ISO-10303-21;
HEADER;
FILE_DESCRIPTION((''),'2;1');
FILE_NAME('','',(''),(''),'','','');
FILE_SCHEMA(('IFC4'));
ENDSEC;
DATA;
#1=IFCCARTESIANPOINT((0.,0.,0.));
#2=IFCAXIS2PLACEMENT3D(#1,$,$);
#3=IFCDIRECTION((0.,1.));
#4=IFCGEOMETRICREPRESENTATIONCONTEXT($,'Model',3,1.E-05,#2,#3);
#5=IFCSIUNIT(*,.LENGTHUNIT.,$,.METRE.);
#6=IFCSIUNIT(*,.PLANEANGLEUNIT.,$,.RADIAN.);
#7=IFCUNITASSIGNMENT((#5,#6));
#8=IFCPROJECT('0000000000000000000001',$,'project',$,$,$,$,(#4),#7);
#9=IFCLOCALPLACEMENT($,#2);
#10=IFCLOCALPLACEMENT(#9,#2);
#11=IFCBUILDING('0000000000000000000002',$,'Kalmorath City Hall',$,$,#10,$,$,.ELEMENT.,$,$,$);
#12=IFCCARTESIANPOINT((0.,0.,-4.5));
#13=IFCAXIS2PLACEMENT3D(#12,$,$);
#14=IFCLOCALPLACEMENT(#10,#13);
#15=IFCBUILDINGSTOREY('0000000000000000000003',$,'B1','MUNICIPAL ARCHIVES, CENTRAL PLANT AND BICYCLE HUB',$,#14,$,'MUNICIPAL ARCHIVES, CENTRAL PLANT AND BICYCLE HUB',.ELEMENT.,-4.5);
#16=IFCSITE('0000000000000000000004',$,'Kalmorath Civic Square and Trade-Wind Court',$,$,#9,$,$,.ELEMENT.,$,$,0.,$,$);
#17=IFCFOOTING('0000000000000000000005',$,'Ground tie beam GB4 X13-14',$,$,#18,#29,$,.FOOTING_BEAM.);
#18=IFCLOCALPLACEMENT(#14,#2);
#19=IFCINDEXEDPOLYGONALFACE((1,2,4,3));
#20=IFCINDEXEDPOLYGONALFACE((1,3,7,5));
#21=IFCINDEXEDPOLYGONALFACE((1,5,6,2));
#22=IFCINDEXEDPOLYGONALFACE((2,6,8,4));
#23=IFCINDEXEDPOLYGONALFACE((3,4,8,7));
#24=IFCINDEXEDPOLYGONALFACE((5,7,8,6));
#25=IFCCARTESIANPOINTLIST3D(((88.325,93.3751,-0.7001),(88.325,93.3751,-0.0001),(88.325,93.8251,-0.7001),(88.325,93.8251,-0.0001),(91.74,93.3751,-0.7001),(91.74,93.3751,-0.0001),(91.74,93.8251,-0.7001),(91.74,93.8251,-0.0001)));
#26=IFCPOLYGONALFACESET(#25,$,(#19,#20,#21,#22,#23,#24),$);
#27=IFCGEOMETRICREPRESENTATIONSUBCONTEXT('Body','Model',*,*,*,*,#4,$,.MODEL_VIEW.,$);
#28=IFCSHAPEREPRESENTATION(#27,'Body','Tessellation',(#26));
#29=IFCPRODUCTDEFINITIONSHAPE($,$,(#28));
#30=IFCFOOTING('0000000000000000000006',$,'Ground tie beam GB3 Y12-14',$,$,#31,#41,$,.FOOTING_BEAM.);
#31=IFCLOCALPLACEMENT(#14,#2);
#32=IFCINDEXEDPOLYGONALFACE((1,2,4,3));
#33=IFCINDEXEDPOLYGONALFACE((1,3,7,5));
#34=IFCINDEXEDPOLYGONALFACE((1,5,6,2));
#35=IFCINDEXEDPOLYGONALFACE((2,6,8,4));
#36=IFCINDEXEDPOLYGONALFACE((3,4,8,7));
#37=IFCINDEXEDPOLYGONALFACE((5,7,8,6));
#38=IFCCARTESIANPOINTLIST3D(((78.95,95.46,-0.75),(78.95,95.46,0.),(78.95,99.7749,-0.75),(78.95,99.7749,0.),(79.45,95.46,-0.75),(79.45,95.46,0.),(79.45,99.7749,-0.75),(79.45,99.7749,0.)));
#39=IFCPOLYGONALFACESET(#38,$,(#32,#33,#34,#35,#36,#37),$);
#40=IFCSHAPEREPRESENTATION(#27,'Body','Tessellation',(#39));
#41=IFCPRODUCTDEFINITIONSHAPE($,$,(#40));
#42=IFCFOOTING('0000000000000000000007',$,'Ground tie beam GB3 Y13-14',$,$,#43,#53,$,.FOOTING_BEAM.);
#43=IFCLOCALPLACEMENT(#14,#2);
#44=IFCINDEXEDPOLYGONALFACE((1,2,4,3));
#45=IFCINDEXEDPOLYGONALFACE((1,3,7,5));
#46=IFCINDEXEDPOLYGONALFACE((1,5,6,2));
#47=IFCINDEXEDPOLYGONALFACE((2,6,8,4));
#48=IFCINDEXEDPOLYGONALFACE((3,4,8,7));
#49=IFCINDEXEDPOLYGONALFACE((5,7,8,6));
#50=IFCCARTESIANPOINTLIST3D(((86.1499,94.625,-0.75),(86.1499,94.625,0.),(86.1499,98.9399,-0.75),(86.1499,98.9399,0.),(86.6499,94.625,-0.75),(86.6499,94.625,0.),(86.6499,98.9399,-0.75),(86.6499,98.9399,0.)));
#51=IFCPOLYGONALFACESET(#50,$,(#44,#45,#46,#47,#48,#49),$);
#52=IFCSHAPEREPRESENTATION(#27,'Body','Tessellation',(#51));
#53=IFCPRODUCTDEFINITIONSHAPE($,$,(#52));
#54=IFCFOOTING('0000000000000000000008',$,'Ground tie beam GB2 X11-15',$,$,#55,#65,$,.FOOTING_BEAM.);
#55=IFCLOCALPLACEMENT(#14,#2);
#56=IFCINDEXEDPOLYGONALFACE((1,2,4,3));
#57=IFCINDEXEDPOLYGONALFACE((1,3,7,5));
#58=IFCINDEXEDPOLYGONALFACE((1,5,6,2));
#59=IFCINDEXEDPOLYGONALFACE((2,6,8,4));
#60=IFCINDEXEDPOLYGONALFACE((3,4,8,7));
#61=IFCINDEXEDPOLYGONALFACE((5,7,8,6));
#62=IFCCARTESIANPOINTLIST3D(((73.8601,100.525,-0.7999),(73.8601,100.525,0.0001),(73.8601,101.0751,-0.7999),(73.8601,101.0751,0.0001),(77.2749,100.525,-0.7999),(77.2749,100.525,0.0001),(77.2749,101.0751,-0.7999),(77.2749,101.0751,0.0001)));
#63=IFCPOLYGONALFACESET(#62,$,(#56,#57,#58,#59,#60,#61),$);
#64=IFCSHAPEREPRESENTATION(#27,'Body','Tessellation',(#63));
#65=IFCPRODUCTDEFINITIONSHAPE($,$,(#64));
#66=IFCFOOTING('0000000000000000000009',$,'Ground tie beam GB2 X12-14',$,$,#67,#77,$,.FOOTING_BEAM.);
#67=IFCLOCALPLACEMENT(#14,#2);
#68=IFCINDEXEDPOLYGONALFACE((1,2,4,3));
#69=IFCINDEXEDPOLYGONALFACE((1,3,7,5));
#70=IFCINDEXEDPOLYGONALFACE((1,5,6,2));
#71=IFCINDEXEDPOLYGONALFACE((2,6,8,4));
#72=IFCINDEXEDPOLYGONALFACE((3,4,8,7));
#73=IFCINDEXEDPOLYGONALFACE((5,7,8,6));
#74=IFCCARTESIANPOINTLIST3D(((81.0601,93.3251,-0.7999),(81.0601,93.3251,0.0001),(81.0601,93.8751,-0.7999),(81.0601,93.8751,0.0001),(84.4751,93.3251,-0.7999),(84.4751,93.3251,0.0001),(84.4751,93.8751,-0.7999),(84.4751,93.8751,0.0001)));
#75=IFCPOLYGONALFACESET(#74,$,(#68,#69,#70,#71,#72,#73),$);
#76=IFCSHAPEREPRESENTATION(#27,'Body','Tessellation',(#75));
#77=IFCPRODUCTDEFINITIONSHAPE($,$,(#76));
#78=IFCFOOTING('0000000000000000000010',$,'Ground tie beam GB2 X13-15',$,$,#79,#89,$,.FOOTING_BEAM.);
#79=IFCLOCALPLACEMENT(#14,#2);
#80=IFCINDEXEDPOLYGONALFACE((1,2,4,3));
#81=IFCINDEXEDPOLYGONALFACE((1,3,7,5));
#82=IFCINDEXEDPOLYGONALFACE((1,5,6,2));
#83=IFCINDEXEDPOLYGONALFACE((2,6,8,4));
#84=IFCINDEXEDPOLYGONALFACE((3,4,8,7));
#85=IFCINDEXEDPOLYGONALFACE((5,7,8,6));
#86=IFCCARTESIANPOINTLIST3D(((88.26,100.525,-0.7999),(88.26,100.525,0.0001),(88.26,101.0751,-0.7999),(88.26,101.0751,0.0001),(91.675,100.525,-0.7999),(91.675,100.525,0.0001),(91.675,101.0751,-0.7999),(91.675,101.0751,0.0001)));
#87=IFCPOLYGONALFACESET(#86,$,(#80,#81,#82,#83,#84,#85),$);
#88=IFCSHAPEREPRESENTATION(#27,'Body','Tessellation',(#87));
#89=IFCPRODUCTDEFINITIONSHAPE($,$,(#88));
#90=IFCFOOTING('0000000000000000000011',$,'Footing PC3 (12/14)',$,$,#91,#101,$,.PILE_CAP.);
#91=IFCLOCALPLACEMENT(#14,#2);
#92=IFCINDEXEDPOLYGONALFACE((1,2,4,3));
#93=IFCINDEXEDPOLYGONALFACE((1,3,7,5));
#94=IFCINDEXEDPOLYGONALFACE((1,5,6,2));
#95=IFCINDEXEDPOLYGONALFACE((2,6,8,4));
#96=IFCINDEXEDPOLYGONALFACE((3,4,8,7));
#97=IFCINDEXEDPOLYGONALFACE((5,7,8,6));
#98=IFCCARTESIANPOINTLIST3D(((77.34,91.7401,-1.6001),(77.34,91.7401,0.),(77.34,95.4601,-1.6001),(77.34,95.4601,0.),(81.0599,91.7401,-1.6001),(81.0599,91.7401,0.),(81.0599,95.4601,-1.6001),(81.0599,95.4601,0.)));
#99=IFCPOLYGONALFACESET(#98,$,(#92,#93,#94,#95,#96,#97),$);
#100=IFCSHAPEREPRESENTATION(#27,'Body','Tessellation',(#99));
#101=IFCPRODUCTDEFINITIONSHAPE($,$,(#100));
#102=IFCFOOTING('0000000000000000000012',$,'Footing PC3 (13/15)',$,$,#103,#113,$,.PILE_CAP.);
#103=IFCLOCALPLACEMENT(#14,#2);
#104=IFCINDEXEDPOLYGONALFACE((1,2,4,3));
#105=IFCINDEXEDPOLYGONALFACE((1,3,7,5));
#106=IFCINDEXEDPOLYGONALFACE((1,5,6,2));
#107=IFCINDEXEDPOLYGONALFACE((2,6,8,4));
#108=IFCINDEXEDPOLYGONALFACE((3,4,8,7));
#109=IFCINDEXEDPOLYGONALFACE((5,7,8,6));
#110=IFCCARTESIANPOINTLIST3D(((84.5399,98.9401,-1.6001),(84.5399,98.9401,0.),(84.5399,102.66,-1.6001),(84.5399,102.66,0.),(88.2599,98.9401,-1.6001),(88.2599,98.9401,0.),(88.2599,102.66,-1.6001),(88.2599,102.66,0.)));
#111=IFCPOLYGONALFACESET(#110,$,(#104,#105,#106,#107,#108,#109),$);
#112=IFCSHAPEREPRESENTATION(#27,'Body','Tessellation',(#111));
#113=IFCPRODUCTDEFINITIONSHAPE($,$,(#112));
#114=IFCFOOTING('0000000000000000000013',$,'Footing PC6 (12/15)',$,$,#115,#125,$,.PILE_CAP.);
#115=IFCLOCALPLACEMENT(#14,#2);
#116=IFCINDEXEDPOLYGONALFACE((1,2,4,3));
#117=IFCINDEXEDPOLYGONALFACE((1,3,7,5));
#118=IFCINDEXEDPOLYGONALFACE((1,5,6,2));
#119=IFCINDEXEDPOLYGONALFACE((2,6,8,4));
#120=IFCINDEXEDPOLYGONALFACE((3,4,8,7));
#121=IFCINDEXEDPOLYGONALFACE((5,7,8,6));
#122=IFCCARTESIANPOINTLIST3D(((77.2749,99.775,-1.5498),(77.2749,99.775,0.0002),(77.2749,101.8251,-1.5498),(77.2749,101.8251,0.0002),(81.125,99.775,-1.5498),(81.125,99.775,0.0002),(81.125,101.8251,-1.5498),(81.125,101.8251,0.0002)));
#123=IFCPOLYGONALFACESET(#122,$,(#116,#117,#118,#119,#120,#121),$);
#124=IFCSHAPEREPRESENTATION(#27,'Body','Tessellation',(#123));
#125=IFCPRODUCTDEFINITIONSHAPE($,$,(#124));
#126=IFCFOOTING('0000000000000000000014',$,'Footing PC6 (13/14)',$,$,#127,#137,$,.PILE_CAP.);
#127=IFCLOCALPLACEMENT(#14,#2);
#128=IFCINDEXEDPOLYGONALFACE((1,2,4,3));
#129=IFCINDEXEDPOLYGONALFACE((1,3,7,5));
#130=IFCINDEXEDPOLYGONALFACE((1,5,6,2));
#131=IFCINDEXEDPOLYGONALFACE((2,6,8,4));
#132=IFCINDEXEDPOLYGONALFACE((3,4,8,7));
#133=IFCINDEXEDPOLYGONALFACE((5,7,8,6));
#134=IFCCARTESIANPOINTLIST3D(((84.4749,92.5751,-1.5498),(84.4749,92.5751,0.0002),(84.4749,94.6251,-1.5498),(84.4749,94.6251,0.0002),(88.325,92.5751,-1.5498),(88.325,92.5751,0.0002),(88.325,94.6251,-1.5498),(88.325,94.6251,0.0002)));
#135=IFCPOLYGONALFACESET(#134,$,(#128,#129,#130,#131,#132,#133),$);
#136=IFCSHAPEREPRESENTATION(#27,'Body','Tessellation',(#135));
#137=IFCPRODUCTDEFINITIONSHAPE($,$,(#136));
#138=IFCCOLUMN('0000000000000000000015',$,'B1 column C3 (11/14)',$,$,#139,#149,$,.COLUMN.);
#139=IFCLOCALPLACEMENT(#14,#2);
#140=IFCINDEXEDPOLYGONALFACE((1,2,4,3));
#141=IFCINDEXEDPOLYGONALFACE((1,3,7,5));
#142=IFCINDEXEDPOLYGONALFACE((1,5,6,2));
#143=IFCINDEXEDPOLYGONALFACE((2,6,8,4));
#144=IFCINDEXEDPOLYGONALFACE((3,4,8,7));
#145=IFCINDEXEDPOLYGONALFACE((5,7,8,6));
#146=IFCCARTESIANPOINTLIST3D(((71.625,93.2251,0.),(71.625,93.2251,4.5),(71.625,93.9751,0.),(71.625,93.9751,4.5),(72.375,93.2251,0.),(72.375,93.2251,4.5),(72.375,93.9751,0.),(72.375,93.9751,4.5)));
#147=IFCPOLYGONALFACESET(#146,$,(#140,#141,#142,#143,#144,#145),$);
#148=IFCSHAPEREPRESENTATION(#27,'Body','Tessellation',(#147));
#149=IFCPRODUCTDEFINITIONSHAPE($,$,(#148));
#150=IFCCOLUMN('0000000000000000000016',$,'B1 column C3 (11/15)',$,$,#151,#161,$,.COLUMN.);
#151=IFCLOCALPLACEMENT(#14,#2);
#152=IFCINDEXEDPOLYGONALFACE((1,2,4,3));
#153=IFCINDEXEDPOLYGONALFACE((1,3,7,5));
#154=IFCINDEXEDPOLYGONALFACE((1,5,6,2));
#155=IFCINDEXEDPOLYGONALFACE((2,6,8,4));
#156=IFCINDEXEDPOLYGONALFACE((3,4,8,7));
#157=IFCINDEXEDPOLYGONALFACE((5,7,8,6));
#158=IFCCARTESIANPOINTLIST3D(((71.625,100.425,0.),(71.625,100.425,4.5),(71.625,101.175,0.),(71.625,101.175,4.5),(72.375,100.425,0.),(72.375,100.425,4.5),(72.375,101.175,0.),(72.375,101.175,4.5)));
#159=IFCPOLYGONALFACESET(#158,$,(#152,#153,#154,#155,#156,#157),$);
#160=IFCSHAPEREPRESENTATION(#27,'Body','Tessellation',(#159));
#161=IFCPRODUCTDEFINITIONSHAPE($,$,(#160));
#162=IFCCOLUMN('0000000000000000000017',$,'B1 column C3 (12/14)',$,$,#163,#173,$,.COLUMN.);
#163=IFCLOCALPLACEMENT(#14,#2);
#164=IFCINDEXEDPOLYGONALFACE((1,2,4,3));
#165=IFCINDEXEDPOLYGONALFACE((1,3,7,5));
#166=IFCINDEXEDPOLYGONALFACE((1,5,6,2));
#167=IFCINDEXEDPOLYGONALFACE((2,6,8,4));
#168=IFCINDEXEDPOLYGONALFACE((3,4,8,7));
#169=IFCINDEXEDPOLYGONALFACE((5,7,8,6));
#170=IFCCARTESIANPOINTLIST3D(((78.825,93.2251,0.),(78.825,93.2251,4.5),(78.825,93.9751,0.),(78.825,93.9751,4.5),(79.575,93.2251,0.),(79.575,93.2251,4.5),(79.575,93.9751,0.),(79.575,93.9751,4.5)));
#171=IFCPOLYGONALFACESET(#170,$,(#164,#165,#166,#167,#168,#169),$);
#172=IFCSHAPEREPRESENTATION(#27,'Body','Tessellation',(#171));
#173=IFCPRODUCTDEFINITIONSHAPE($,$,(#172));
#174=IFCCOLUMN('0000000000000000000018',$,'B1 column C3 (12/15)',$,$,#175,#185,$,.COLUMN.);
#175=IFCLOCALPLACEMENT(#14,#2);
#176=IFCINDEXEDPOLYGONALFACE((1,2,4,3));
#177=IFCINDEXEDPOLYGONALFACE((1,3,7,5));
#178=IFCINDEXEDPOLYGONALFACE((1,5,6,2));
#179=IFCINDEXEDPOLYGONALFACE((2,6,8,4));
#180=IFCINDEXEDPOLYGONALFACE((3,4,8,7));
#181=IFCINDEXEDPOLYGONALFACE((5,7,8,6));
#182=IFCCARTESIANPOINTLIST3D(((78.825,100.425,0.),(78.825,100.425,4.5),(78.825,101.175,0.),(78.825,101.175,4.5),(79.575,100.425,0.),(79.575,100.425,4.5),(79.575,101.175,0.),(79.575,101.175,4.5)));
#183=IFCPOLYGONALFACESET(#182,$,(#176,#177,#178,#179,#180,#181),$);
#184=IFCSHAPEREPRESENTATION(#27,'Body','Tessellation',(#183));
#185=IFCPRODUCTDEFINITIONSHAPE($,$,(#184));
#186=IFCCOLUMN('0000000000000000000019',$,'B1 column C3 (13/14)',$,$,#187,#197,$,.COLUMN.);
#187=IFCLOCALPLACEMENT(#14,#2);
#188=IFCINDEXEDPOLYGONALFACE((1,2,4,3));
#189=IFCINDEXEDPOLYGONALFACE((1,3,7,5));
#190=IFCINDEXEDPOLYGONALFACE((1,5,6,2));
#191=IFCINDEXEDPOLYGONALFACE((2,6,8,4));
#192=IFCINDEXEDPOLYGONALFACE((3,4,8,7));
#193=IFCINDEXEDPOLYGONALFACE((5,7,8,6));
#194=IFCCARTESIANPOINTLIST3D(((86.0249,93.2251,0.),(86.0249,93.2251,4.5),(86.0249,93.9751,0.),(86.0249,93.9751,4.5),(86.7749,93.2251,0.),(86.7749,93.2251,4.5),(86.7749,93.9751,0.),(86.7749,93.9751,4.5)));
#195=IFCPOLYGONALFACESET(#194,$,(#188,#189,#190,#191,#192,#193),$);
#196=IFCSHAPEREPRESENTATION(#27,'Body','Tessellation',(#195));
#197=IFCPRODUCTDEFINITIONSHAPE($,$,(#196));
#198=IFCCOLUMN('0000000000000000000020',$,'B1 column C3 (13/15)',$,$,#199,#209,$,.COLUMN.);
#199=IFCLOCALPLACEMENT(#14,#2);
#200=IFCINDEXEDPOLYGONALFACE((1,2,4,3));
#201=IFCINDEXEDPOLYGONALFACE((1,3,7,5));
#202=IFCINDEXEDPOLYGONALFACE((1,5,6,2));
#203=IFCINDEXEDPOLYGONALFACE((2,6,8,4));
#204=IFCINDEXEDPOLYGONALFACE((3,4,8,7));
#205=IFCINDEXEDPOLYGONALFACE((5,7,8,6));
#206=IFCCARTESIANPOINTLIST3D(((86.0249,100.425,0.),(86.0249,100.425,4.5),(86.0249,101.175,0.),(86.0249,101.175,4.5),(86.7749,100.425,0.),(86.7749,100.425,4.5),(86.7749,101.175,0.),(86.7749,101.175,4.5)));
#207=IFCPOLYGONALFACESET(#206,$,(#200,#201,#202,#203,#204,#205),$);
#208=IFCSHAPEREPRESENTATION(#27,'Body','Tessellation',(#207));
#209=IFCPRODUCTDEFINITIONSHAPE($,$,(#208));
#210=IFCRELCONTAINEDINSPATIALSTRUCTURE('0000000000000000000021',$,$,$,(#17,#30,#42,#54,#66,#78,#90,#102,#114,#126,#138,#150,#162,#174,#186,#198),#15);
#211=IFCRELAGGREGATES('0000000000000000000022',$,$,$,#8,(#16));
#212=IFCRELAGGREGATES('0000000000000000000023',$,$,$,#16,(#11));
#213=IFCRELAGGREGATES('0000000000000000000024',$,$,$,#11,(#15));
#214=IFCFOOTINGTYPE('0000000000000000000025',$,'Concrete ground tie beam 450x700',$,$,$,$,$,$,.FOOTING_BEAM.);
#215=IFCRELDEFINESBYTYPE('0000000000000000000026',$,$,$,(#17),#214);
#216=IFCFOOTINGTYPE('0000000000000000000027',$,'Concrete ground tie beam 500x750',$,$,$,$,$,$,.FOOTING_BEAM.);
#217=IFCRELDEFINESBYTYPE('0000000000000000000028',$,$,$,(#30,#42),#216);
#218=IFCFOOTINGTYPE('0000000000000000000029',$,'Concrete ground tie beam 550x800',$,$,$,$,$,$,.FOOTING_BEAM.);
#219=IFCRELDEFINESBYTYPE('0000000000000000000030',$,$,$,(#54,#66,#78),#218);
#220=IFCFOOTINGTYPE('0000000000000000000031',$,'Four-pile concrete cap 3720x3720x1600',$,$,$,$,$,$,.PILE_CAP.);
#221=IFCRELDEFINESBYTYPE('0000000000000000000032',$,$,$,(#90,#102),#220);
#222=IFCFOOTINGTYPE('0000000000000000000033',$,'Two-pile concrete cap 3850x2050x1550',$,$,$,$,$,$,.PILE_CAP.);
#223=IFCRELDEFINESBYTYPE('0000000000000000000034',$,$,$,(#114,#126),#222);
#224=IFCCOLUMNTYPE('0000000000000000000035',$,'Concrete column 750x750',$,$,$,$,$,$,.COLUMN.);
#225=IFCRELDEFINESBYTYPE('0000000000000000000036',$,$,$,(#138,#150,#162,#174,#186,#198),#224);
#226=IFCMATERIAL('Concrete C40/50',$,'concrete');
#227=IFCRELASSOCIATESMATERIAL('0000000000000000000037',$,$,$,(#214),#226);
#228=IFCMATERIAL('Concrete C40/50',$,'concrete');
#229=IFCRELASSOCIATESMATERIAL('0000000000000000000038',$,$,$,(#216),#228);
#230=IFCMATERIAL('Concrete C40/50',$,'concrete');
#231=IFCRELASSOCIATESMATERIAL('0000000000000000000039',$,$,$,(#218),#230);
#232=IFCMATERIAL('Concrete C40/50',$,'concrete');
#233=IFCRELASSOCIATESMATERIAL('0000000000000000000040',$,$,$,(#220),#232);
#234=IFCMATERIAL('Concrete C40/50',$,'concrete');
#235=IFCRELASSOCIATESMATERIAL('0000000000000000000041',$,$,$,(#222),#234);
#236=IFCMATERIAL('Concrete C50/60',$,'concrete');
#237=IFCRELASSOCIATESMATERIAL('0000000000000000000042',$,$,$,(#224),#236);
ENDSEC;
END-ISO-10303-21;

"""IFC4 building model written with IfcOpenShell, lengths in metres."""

from ifc_helpers import new_model, si_unit, direction, frame, origin, origin_2d, place, context, subcontext, project, spatial, rectangle, extrude, material, material_profile, profile_set, type_object, element, save


model = new_model("IFC4")

# Units and contexts
model_context = context("Model", 3, precision=1e-05, world=origin(), true_north=direction((0.0, 1.0)))
body_context = subcontext(model_context, "Body", "Model", "MODEL_VIEW")
ifc_project = project(units=[si_unit("LENGTHUNIT", "METRE"), si_unit("PLANEANGLEUNIT", "RADIAN")], contexts=[model_context])

# Site, building, storey
site_placement = place(None, origin())
site = spatial("IfcSite", under=ifc_project, at=site_placement, Name="Kalmorath Civic Square and Trade-Wind Court", CompositionType="ELEMENT", RefElevation=0.0)
building_placement = place(site_placement, origin())
building = spatial("IfcBuilding", under=site, at=building_placement, Name="Kalmorath City Hall", CompositionType="ELEMENT")
storey_placement = place(building_placement, frame((0.0, 0.0, -4.5)))
storey = spatial("IfcBuildingStorey", under=building, at=storey_placement, Name="B1", Description="MUNICIPAL ARCHIVES, CENTRAL PLANT AND BICYCLE HUB", LongName="MUNICIPAL ARCHIVES, CENTRAL PLANT AND BICYCLE HUB", CompositionType="ELEMENT", Elevation=-4.5)

# Footings
ifc_material_1 = material(Name="Concrete C40/50", Category="concrete")
ifc_material_profile_1 = material_profile(ifc_material_1, rectangle(XDim=0.45, YDim=0.7, at=origin_2d()), Name="RC-BM-450X700")
ifc_profile_set_1 = profile_set([ifc_material_profile_1], Name="Concrete C40/50")
footing_type_1 = type_object("IfcFootingType", Name="Concrete ground tie beam 450x700", PredefinedType="FOOTING_BEAM", material=ifc_profile_set_1)
for number, where, z_axis, x_axis, name in (
    (1, (88.325, 93.6001, -0.3501), (1.0, 0.0, 0.0), (0.0, 1.0, 0.0), "Ground tie beam GB4 X13-14"),
):
    element("IfcFooting", number, at=place(storey_placement, frame(where, z_axis=z_axis, x_axis=x_axis)), inside=storey, type_object=footing_type_1, Name=name, PredefinedType="FOOTING_BEAM", context=body_context, shape_type="SweptSolid", body=[
        extrude(rectangle(XDim=0.45, YDim=0.7, at=origin_2d()), origin(), (0.0, 0.0, 1.0), 3.415),
    ])
ifc_material_2 = material(Name="Concrete C40/50", Category="concrete")
ifc_material_profile_2 = material_profile(ifc_material_2, rectangle(XDim=0.5, YDim=0.75, at=origin_2d()), Name="RC-BM-500X750")
ifc_profile_set_2 = profile_set([ifc_material_profile_2], Name="Concrete C40/50")
footing_type_2 = type_object("IfcFootingType", Name="Concrete ground tie beam 500x750", PredefinedType="FOOTING_BEAM", material=ifc_profile_set_2)
for number, where, z_axis, x_axis, name in (
    (2, (79.2, 95.46, -0.375), (0.0, 1.0, 0.0), (-1.0, 0.0, 0.0), "Ground tie beam GB3 Y12-14"),
    (3, (86.3999, 94.625, -0.375), (0.0, 1.0, 0.0), (-1.0, 0.0, 0.0), "Ground tie beam GB3 Y13-14"),
):
    element("IfcFooting", number, at=place(storey_placement, frame(where, z_axis=z_axis, x_axis=x_axis)), inside=storey, type_object=footing_type_2, Name=name, PredefinedType="FOOTING_BEAM", context=body_context, shape_type="SweptSolid", body=[
        extrude(rectangle(XDim=0.5, YDim=0.75, at=origin_2d()), origin(), (0.0, 0.0, 1.0), 4.3149),
    ])
ifc_material_3 = material(Name="Concrete C40/50", Category="concrete")
ifc_material_profile_3 = material_profile(ifc_material_3, rectangle(XDim=0.55, YDim=0.8, at=origin_2d()), Name="RC-BM-550X800")
ifc_profile_set_3 = profile_set([ifc_material_profile_3], Name="Concrete C40/50")
footing_type_3 = type_object("IfcFootingType", Name="Concrete ground tie beam 550x800", PredefinedType="FOOTING_BEAM", material=ifc_profile_set_3)
footing_placement = place(storey_placement, frame((73.8601, 100.8, -0.3999), z_axis=(1.0, 0.0, 0.0), x_axis=(0.0, 1.0, 0.0)))
element("IfcFooting", 4, at=footing_placement, inside=storey, type_object=footing_type_3, Name="Ground tie beam GB2 X11-15", PredefinedType="FOOTING_BEAM", context=body_context, shape_type="SweptSolid", body=[
    extrude(rectangle(XDim=0.55, YDim=0.8, at=origin_2d()), origin(), (0.0, 0.0, 1.0), 3.4148),
])
for number, where, z_axis, x_axis, name in (
    (5, (81.0601, 93.6001, -0.3999), (1.0, 0.0, 0.0), (0.0, 1.0, 0.0), "Ground tie beam GB2 X12-14"),
    (6, (88.26, 100.8, -0.3999), (1.0, 0.0, 0.0), (0.0, 1.0, 0.0), "Ground tie beam GB2 X13-15"),
):
    element("IfcFooting", number, at=place(storey_placement, frame(where, z_axis=z_axis, x_axis=x_axis)), inside=storey, type_object=footing_type_3, Name=name, PredefinedType="FOOTING_BEAM", context=body_context, shape_type="SweptSolid", body=[
        extrude(rectangle(XDim=0.55, YDim=0.8, at=origin_2d()), origin(), (0.0, 0.0, 1.0), 3.415),
    ])
ifc_material_4 = material(Name="Concrete C40/50", Category="concrete")
footing_type_4 = type_object("IfcFootingType", Name="Four-pile concrete cap 3720x3720x1600", PredefinedType="PILE_CAP", material=ifc_material_4)
for number, where, z_axis, x_axis, name in (
    (7, (79.2, 93.6001, -1.6001), (0.0, 0.0, 1.0), (1.0, 0.0, 0.0), "Footing PC3 (12/14)"),
    (8, (86.3999, 100.8, -1.6001), (0.0, 0.0, 1.0), (1.0, 0.0, 0.0), "Footing PC3 (13/15)"),
):
    element("IfcFooting", number, at=place(storey_placement, frame(where, z_axis=z_axis, x_axis=x_axis)), inside=storey, type_object=footing_type_4, Name=name, PredefinedType="PILE_CAP", context=body_context, shape_type="SweptSolid", body=[
        extrude(rectangle(XDim=3.72, YDim=3.72, at=origin_2d()), origin(), (0.0, 0.0, 1.0), 1.6001),
    ])
ifc_material_5 = material(Name="Concrete C40/50", Category="concrete")
footing_type_5 = type_object("IfcFootingType", Name="Two-pile concrete cap 3850x2050x1550", PredefinedType="PILE_CAP", material=ifc_material_5)
for number, where, z_axis, x_axis, name in (
    (9, (79.2, 100.8, -1.5498), (0.0, 0.0, 1.0), (1.0, 0.0, 0.0), "Footing PC6 (12/15)"),
    (10, (86.3999, 93.6001, -1.5498), (0.0, 0.0, 1.0), (1.0, 0.0, 0.0), "Footing PC6 (13/14)"),
):
    element("IfcFooting", number, at=place(storey_placement, frame(where, z_axis=z_axis, x_axis=x_axis)), inside=storey, type_object=footing_type_5, Name=name, PredefinedType="PILE_CAP", context=body_context, shape_type="SweptSolid", body=[
        extrude(rectangle(XDim=3.8501, YDim=2.05, at=origin_2d()), origin(), (0.0, 0.0, 1.0), 1.55),
    ])

# Columns
ifc_material_6 = material(Name="Concrete C50/60", Category="concrete")
ifc_material_profile_4 = material_profile(ifc_material_6, rectangle(XDim=0.75, YDim=0.75, at=origin_2d()), Name="RC-COL-750X750")
ifc_profile_set_4 = profile_set([ifc_material_profile_4], Name="Concrete C50/60")
column_type = type_object("IfcColumnType", Name="Concrete column 750x750", PredefinedType="COLUMN", material=ifc_profile_set_4)
for number, where, z_axis, x_axis, name in (
    (11, (72.0, 93.6001, 0.0), (0.0, 0.0, 1.0), (1.0, 0.0, 0.0), "B1 column C3 (11/14)"),
    (12, (72.0, 100.8, 0.0), (0.0, 0.0, 1.0), (1.0, 0.0, 0.0), "B1 column C3 (11/15)"),
    (13, (79.2, 93.6001, 0.0), (0.0, 0.0, 1.0), (1.0, 0.0, 0.0), "B1 column C3 (12/14)"),
    (14, (79.2, 100.8, 0.0), (0.0, 0.0, 1.0), (1.0, 0.0, 0.0), "B1 column C3 (12/15)"),
    (15, (86.3999, 93.6001, 0.0), (0.0, 0.0, 1.0), (1.0, 0.0, 0.0), "B1 column C3 (13/14)"),
    (16, (86.3999, 100.8, 0.0), (0.0, 0.0, 1.0), (1.0, 0.0, 0.0), "B1 column C3 (13/15)"),
):
    element("IfcColumn", number, at=place(storey_placement, frame(where, z_axis=z_axis, x_axis=x_axis)), inside=storey, type_object=column_type, Name=name, PredefinedType="COLUMN", context=body_context, shape_type="SweptSolid", body=[
        extrude(rectangle(XDim=0.75, YDim=0.75, at=origin_2d()), origin(), (0.0, 0.0, 1.0), 4.5),
    ])

save(model, "model.ifc")
